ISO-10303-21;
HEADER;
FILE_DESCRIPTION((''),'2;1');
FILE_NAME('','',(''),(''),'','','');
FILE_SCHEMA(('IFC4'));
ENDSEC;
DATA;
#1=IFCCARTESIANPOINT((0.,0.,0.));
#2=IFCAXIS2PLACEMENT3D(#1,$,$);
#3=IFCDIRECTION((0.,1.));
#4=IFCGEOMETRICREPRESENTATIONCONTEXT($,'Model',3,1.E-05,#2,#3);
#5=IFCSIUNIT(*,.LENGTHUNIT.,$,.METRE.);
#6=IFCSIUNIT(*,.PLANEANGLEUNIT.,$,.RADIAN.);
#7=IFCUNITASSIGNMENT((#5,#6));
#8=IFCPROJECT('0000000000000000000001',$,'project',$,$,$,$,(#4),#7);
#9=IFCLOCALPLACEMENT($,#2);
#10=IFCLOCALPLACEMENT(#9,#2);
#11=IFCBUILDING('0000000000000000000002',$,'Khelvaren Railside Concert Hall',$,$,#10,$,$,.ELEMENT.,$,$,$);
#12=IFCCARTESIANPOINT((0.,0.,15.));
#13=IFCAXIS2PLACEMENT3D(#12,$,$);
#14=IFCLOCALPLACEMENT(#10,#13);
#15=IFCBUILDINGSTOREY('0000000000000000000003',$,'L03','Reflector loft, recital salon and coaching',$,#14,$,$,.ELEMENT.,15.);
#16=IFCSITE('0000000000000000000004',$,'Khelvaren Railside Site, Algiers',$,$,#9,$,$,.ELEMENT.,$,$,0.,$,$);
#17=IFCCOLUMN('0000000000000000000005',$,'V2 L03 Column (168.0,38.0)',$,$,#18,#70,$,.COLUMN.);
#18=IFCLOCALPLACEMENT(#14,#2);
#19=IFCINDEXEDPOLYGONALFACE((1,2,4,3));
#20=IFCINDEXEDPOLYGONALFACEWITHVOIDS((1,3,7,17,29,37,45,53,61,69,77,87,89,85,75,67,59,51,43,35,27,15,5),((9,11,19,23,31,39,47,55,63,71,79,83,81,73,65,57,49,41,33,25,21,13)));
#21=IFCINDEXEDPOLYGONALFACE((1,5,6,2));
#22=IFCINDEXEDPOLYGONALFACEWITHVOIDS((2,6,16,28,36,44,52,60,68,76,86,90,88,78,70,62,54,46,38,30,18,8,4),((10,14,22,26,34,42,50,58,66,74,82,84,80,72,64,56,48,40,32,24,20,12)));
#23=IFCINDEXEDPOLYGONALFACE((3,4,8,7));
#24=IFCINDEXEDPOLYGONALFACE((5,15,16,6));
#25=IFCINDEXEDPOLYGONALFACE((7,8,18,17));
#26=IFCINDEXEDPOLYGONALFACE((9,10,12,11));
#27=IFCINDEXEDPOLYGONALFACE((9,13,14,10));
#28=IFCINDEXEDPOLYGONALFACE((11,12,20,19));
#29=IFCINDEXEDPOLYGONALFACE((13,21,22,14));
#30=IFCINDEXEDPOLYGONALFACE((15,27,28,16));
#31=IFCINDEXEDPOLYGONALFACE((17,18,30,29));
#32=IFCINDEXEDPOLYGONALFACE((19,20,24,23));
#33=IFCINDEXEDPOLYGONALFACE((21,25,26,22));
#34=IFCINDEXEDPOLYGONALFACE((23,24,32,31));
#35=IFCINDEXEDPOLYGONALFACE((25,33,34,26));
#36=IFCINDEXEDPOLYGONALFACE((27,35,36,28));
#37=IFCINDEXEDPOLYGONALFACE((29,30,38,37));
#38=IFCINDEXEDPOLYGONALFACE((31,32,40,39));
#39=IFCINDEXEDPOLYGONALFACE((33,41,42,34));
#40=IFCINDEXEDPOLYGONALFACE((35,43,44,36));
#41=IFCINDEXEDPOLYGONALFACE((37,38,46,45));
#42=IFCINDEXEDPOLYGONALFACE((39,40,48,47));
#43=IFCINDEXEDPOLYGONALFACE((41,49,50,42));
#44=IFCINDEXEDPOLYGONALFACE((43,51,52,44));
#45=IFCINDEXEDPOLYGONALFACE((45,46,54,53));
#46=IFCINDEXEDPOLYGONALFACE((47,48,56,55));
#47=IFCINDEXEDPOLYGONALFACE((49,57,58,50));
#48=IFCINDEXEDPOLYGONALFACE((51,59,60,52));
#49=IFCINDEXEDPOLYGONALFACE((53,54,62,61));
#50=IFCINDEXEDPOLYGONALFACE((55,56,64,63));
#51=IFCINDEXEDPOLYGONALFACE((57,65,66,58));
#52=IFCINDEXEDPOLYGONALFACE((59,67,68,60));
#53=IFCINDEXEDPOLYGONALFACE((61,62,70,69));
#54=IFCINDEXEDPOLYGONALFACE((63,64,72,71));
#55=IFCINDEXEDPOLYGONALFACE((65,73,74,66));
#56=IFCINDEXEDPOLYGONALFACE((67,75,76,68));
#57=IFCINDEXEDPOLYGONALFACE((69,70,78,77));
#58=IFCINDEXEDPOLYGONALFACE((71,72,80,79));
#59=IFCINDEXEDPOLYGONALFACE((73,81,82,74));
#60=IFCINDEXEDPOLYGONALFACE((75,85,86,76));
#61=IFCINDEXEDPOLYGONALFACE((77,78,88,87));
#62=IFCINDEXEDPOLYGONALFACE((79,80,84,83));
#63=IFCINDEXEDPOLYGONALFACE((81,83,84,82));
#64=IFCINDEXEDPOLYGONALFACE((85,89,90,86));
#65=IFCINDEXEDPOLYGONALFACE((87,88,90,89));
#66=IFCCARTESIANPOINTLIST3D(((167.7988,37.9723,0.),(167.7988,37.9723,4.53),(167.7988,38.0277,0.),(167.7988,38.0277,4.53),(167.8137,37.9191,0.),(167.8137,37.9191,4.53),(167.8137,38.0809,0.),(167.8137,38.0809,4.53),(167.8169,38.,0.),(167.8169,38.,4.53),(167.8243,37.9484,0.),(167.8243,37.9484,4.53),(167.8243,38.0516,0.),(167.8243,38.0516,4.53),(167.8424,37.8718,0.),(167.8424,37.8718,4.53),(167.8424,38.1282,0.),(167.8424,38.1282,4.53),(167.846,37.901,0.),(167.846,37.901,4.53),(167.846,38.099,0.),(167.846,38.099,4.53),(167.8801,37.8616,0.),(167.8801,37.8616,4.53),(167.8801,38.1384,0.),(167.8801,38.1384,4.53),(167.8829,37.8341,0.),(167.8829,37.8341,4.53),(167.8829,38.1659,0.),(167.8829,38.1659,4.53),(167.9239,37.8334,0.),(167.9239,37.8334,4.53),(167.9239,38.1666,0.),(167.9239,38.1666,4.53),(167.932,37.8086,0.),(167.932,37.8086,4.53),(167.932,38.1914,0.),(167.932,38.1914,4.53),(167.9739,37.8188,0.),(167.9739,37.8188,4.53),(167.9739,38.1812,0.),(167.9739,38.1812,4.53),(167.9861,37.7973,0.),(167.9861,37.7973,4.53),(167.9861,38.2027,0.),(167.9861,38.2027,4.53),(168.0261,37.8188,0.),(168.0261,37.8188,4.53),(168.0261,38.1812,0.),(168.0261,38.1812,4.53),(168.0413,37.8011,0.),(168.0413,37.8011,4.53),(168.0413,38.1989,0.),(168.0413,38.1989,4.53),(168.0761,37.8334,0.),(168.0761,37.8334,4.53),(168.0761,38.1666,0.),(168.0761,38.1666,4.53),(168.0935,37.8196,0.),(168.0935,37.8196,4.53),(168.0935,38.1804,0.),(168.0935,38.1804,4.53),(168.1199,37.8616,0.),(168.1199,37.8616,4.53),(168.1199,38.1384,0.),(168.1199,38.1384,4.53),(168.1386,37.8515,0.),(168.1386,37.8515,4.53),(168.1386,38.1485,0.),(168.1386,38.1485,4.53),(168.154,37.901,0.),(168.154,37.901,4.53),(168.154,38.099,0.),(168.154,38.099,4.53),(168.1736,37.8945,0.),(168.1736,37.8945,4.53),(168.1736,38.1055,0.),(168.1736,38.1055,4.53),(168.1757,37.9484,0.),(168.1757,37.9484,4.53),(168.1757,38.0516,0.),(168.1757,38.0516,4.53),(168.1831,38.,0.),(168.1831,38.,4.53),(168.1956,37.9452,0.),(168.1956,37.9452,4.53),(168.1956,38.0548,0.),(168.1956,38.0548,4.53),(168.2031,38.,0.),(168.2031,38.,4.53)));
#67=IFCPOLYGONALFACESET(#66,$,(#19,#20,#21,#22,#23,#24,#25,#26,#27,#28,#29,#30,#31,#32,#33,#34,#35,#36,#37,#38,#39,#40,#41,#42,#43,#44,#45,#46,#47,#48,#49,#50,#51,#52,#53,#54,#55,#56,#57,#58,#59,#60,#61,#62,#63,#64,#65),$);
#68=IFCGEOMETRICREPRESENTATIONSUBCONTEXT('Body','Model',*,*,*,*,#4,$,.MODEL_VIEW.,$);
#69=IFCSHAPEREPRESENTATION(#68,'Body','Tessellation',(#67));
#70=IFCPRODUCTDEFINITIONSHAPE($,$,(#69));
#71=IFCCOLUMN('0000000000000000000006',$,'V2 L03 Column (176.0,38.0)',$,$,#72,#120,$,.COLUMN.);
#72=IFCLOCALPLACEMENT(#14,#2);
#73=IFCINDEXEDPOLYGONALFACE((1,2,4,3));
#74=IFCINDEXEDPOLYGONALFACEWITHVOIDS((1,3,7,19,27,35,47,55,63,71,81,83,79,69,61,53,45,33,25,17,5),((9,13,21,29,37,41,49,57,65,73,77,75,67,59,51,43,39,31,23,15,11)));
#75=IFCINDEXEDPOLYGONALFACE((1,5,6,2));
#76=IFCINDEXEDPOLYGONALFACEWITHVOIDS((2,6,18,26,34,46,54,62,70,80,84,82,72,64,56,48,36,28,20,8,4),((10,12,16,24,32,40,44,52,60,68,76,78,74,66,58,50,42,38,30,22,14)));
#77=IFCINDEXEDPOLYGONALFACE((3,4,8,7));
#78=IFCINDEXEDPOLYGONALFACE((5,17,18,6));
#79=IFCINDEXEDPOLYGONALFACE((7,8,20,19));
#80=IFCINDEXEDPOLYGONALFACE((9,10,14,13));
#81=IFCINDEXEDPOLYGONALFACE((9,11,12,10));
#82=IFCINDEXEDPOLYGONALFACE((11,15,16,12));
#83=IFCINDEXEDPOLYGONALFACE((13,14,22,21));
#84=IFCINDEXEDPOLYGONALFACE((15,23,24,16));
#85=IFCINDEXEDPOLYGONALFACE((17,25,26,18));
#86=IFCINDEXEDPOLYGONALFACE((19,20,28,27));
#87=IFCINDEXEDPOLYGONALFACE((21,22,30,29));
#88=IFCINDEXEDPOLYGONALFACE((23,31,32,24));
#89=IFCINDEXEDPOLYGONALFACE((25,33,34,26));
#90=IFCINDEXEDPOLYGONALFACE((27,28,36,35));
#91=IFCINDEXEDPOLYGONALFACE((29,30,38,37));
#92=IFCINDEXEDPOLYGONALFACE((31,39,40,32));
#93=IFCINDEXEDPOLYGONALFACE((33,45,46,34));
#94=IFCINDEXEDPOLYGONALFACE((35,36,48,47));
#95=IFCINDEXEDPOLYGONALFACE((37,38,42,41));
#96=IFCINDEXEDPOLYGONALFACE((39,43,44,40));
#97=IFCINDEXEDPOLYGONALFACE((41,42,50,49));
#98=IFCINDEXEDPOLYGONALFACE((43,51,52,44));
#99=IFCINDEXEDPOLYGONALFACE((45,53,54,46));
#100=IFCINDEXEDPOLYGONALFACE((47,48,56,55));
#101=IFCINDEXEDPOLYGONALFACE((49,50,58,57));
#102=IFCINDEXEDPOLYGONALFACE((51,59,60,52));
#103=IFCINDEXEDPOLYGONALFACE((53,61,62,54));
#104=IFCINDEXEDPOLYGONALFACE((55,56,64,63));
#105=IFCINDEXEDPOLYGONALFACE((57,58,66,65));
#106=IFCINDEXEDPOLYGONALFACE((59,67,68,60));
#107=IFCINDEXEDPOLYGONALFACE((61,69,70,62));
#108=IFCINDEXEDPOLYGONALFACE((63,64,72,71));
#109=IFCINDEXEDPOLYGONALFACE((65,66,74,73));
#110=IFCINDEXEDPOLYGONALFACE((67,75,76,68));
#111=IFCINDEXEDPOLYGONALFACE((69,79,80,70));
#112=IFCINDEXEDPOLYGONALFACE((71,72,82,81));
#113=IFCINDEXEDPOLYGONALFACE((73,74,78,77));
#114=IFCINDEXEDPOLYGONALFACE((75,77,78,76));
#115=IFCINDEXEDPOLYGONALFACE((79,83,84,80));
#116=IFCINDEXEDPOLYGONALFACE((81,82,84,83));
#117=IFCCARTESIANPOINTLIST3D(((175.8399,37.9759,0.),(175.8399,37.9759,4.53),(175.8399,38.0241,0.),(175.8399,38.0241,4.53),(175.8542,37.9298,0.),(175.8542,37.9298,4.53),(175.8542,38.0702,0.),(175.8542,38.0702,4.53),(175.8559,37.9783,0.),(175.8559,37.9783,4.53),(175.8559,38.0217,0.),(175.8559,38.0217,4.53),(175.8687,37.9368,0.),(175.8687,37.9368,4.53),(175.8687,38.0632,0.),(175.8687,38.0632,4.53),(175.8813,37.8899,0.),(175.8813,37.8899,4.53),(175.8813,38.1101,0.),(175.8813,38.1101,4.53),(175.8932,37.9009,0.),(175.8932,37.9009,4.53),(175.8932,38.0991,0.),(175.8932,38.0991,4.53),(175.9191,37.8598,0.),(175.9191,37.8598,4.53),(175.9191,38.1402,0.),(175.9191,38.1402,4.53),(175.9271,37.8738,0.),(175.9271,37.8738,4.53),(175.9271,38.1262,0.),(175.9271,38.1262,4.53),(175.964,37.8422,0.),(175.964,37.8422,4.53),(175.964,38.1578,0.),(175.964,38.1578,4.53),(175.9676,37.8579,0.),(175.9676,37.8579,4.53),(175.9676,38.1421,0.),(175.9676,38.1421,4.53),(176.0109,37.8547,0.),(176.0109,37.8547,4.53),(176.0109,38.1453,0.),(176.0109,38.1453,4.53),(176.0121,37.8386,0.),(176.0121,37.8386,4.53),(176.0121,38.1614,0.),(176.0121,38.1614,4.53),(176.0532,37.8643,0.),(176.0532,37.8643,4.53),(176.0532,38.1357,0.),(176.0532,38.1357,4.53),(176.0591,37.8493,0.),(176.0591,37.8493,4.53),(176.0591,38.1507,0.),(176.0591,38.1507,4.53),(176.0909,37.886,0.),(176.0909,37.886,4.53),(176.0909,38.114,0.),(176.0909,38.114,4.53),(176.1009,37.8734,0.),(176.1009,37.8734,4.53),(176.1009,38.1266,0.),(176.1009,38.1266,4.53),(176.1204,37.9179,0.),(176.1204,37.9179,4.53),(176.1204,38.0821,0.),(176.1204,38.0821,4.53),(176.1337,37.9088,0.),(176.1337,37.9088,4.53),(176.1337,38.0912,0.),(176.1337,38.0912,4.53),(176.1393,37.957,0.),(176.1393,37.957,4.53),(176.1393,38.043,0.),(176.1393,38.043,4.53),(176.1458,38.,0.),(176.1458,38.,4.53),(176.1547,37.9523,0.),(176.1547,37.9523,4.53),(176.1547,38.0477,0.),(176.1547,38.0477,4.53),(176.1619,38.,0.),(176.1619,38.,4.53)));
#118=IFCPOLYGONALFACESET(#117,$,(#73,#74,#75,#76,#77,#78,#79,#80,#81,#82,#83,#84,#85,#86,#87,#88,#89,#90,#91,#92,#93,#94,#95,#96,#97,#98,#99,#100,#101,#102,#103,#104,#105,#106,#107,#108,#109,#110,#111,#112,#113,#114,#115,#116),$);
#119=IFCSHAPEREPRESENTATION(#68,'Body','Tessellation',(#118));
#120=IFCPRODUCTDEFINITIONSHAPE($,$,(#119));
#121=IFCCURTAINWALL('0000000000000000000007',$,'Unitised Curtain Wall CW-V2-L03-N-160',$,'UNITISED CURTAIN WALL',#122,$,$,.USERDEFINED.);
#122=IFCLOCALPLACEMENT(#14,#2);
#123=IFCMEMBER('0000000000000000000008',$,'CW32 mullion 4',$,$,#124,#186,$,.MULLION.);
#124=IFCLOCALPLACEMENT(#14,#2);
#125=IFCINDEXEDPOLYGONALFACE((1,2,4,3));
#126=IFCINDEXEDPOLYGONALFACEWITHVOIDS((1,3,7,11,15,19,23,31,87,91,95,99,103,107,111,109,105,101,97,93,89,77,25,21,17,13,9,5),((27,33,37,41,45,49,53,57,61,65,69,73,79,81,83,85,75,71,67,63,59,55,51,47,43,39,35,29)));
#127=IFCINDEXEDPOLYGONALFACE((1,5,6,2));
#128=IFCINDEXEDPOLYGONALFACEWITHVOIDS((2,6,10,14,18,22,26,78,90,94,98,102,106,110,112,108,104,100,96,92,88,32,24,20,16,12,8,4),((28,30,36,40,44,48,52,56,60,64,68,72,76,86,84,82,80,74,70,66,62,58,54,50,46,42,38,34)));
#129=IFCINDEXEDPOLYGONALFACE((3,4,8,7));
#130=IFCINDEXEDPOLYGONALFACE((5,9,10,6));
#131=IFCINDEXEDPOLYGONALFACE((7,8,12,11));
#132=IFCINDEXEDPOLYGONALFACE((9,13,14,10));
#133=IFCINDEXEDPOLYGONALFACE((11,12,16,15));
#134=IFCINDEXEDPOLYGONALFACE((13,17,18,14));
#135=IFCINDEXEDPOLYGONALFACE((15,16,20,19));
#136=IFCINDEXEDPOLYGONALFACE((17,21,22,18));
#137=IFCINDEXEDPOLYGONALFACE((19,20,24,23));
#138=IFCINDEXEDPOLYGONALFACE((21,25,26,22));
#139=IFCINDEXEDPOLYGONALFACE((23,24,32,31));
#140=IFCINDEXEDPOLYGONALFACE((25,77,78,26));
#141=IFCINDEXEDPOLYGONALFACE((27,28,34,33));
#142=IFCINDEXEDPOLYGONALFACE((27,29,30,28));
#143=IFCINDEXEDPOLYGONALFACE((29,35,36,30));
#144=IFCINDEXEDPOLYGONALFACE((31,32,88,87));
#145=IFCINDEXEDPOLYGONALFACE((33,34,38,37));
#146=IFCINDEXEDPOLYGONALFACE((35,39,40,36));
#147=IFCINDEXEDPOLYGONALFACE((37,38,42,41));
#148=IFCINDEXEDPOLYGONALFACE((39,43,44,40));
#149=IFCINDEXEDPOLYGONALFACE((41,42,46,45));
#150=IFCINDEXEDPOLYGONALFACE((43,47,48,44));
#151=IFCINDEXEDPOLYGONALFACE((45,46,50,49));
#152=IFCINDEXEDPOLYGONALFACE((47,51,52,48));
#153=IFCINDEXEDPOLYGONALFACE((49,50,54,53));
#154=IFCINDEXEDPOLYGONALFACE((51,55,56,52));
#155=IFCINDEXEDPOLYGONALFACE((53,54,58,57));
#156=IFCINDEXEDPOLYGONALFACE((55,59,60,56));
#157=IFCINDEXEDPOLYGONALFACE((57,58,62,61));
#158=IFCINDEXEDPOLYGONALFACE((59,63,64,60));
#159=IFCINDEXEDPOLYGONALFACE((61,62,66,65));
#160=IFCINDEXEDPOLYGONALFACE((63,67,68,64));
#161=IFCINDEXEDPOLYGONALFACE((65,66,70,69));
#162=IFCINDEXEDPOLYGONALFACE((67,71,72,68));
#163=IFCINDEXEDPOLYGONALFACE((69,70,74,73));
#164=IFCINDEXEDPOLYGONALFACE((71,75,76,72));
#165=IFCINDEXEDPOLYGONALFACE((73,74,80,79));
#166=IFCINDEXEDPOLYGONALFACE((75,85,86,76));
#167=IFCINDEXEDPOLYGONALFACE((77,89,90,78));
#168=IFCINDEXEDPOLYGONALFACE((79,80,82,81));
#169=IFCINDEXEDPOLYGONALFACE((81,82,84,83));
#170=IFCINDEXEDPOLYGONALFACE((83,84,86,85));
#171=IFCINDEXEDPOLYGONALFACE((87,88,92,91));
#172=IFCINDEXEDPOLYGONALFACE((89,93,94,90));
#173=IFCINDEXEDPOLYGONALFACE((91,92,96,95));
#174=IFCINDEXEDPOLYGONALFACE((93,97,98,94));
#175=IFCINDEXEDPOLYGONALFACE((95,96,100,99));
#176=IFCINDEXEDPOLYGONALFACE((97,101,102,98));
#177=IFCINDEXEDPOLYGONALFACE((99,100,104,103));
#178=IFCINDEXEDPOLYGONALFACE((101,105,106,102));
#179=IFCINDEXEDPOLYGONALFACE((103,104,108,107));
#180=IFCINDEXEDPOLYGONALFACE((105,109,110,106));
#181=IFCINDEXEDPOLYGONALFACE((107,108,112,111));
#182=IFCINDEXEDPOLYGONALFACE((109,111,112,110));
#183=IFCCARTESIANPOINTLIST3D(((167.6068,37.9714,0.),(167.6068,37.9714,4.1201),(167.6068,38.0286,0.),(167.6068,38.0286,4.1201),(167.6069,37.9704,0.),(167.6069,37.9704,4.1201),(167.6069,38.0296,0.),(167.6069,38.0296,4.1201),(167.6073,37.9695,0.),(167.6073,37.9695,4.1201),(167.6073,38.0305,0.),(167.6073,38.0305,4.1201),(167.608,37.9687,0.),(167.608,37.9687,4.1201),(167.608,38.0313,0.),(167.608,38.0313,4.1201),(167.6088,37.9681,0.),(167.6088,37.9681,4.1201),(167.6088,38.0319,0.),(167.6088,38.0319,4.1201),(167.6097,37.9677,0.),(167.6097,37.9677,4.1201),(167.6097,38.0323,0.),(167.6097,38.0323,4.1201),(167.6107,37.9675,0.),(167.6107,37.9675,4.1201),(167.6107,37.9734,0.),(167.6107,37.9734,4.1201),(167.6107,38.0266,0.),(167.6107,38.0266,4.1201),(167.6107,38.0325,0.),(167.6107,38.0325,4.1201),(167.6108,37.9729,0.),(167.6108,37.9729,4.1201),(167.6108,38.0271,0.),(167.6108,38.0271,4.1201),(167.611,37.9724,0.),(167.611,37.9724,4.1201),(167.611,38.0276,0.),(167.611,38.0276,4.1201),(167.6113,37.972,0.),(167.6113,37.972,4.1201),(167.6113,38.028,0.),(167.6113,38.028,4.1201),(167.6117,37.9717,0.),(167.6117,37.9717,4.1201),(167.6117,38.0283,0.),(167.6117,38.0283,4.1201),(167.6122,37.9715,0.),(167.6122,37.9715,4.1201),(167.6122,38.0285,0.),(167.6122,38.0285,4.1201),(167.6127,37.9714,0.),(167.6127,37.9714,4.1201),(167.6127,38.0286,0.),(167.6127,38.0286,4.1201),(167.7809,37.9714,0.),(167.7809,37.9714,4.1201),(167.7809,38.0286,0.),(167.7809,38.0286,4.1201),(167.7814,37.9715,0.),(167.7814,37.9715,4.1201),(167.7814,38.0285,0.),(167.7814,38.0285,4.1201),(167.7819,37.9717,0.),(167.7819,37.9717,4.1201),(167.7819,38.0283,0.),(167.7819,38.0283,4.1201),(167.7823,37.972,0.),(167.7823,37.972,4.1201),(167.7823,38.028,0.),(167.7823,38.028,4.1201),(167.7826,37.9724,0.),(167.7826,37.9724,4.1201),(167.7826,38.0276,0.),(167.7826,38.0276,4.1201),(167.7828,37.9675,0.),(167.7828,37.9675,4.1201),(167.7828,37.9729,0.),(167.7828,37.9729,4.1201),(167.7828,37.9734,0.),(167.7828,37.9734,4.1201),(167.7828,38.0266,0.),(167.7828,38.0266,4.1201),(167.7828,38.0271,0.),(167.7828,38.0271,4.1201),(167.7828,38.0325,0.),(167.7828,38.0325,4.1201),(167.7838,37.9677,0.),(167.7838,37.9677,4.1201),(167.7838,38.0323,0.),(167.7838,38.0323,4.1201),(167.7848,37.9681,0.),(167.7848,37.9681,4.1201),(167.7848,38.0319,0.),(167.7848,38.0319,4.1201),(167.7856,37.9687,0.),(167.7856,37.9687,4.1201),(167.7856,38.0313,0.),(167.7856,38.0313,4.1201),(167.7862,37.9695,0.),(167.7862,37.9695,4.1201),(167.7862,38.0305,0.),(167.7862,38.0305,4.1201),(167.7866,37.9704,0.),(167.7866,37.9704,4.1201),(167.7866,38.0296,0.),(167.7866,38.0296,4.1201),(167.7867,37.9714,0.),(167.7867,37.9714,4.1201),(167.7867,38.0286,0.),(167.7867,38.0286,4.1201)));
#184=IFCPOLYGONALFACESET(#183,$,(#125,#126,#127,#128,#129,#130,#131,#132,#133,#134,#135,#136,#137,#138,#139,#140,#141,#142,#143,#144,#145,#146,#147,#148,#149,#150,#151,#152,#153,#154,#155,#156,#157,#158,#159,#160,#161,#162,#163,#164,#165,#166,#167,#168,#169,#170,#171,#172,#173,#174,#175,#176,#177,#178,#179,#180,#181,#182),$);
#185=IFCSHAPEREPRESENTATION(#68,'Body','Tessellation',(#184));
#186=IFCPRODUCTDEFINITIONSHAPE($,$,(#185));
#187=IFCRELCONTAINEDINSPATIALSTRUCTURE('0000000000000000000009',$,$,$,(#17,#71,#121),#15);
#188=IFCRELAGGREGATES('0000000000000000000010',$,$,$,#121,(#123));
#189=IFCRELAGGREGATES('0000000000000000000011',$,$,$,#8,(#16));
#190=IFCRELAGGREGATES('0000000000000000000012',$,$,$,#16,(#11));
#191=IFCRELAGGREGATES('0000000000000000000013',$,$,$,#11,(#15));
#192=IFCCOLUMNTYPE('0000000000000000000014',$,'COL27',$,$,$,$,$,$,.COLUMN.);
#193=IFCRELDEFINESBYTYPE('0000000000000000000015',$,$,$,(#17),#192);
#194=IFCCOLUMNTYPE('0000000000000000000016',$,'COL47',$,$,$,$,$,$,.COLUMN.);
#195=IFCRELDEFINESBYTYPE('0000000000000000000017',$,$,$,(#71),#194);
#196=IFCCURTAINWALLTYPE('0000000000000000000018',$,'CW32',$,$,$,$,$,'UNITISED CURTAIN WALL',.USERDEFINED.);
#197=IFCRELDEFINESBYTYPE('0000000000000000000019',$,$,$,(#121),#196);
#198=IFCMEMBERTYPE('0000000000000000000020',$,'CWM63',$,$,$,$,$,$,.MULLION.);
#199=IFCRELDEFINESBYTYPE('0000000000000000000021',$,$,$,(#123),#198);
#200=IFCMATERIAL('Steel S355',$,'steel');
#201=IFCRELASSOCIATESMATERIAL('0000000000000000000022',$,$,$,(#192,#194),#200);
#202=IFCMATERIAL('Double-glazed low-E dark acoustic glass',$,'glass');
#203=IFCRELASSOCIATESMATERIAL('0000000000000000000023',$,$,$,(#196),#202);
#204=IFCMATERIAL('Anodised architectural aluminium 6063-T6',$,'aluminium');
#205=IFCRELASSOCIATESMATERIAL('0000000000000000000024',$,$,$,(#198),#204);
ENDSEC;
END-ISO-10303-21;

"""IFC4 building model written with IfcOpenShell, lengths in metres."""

from ifc_helpers import new_model, si_unit, direction, frame, origin, origin_2d, place, context, subcontext, project, spatial, hollow_rectangle, hollow_circle, extrude, material, material_profile, profile_set, type_object, element, aggregate, save


model = new_model("IFC4")

# Units and contexts
model_context = context("Model", 3, precision=1e-05, world=origin(), true_north=direction((0.0, 1.0)))
body_context = subcontext(model_context, "Body", "Model", "MODEL_VIEW")
ifc_project = project(units=[si_unit("LENGTHUNIT", "METRE"), si_unit("PLANEANGLEUNIT", "RADIAN")], contexts=[model_context])

# Site, building, storey
site_placement = place(None, origin())
site = spatial("IfcSite", under=ifc_project, at=site_placement, Name="Khelvaren Railside Site, Algiers", CompositionType="ELEMENT", RefElevation=0.0)
building_placement = place(site_placement, origin())
building = spatial("IfcBuilding", under=site, at=building_placement, Name="Khelvaren Railside Concert Hall", CompositionType="ELEMENT")
storey_placement = place(building_placement, frame((0.0, 0.0, 15.0)))
storey = spatial("IfcBuildingStorey", under=building, at=storey_placement, Name="L03", Description="Reflector loft, recital salon and coaching", CompositionType="ELEMENT", Elevation=15.0)

# Columns
ifc_material_1 = material(Name="Steel S355", Category="steel")
ifc_material_profile_1 = material_profile(ifc_material_1, hollow_circle(Radius=0.2031, WallThickness=0.02, at=origin_2d()), Name="CHS 406.4x20")
ifc_profile_set_1 = profile_set([ifc_material_profile_1], Name="Steel S355")
column_type_1 = type_object("IfcColumnType", Name="COL27", PredefinedType="COLUMN", material=ifc_profile_set_1)
column_1_placement = place(storey_placement, frame((168.0, 38.0, 0.0), z_axis=(0.0, 0.0, 1.0), x_axis=(1.0, 0.0, 0.0)))
element("IfcColumn", 1, at=column_1_placement, inside=storey, type_object=column_type_1, Name="V2 L03 Column (168.0,38.0)", PredefinedType="COLUMN", context=body_context, shape_type="SweptSolid", body=[
    extrude(hollow_circle(Radius=0.2031, WallThickness=0.02, at=origin_2d()), origin(), (0.0, 0.0, 1.0), 4.53),
])
ifc_material_profile_2 = material_profile(ifc_material_1, hollow_circle(Radius=0.1619, WallThickness=0.0161, at=origin_2d()), Name="CHS 323.9x16")
ifc_profile_set_2 = profile_set([ifc_material_profile_2], Name="Steel S355")
column_type_2 = type_object("IfcColumnType", Name="COL47", PredefinedType="COLUMN", material=ifc_profile_set_2)
column_2_placement = place(storey_placement, frame((176.0, 38.0, 0.0), z_axis=(0.0, 0.0, 1.0), x_axis=(1.0, 0.0, 0.0)))
element("IfcColumn", 2, at=column_2_placement, inside=storey, type_object=column_type_2, Name="V2 L03 Column (176.0,38.0)", PredefinedType="COLUMN", context=body_context, shape_type="SweptSolid", body=[
    extrude(hollow_circle(Radius=0.1619, WallThickness=0.0161, at=origin_2d()), origin(), (0.0, 0.0, 1.0), 4.53),
])

# Curtain wall, member
ifc_material_2 = material(Name="Double-glazed low-E dark acoustic glass", Category="glass")
curtain_wall_type_1 = type_object("IfcCurtainWallType", Name="CW32", ElementType="UNITISED CURTAIN WALL", PredefinedType="USERDEFINED", material=ifc_material_2)
curtain_wall_1_placement = place(storey_placement, origin())
curtain_wall_1 = element("IfcCurtainWall", 3, at=curtain_wall_1_placement, inside=storey, type_object=curtain_wall_type_1, Name="Unitised Curtain Wall CW-V2-L03-N-160", ObjectType="UNITISED CURTAIN WALL", PredefinedType="USERDEFINED")
ifc_material_3 = material(Name="Anodised architectural aluminium 6063-T6", Category="aluminium")
ifc_material_profile_3 = material_profile(ifc_material_3, hollow_rectangle(XDim=0.0649, YDim=0.1799, WallThickness=0.0039, InnerFilletRadius=0.002, OuterFilletRadius=0.0039, at=origin_2d()), Name="CWM 65x180x4")
ifc_profile_set_3 = profile_set([ifc_material_profile_3], Name="Anodised architectural aluminium 6063-T6")
member_type_1 = type_object("IfcMemberType", Name="CWM63", PredefinedType="MULLION", material=ifc_profile_set_3)
member_1_placement = place(storey_placement, frame((167.6968, 38.0, 0.0), z_axis=(0.0, 0.0, 1.0), x_axis=(0.0, 1.0, 0.0)))
member_1 = element("IfcMember", 4, at=member_1_placement, type_object=member_type_1, Name="CW32 mullion 4", PredefinedType="MULLION", context=body_context, shape_type="SweptSolid", body=[
    extrude(hollow_rectangle(XDim=0.0649, YDim=0.1799, WallThickness=0.0039, InnerFilletRadius=0.002, OuterFilletRadius=0.0039, at=origin_2d()), origin(), (0.0, 0.0, 1.0), 4.1201),
])

aggregate(curtain_wall_1, [member_1])

save(model, "model.ifc")
